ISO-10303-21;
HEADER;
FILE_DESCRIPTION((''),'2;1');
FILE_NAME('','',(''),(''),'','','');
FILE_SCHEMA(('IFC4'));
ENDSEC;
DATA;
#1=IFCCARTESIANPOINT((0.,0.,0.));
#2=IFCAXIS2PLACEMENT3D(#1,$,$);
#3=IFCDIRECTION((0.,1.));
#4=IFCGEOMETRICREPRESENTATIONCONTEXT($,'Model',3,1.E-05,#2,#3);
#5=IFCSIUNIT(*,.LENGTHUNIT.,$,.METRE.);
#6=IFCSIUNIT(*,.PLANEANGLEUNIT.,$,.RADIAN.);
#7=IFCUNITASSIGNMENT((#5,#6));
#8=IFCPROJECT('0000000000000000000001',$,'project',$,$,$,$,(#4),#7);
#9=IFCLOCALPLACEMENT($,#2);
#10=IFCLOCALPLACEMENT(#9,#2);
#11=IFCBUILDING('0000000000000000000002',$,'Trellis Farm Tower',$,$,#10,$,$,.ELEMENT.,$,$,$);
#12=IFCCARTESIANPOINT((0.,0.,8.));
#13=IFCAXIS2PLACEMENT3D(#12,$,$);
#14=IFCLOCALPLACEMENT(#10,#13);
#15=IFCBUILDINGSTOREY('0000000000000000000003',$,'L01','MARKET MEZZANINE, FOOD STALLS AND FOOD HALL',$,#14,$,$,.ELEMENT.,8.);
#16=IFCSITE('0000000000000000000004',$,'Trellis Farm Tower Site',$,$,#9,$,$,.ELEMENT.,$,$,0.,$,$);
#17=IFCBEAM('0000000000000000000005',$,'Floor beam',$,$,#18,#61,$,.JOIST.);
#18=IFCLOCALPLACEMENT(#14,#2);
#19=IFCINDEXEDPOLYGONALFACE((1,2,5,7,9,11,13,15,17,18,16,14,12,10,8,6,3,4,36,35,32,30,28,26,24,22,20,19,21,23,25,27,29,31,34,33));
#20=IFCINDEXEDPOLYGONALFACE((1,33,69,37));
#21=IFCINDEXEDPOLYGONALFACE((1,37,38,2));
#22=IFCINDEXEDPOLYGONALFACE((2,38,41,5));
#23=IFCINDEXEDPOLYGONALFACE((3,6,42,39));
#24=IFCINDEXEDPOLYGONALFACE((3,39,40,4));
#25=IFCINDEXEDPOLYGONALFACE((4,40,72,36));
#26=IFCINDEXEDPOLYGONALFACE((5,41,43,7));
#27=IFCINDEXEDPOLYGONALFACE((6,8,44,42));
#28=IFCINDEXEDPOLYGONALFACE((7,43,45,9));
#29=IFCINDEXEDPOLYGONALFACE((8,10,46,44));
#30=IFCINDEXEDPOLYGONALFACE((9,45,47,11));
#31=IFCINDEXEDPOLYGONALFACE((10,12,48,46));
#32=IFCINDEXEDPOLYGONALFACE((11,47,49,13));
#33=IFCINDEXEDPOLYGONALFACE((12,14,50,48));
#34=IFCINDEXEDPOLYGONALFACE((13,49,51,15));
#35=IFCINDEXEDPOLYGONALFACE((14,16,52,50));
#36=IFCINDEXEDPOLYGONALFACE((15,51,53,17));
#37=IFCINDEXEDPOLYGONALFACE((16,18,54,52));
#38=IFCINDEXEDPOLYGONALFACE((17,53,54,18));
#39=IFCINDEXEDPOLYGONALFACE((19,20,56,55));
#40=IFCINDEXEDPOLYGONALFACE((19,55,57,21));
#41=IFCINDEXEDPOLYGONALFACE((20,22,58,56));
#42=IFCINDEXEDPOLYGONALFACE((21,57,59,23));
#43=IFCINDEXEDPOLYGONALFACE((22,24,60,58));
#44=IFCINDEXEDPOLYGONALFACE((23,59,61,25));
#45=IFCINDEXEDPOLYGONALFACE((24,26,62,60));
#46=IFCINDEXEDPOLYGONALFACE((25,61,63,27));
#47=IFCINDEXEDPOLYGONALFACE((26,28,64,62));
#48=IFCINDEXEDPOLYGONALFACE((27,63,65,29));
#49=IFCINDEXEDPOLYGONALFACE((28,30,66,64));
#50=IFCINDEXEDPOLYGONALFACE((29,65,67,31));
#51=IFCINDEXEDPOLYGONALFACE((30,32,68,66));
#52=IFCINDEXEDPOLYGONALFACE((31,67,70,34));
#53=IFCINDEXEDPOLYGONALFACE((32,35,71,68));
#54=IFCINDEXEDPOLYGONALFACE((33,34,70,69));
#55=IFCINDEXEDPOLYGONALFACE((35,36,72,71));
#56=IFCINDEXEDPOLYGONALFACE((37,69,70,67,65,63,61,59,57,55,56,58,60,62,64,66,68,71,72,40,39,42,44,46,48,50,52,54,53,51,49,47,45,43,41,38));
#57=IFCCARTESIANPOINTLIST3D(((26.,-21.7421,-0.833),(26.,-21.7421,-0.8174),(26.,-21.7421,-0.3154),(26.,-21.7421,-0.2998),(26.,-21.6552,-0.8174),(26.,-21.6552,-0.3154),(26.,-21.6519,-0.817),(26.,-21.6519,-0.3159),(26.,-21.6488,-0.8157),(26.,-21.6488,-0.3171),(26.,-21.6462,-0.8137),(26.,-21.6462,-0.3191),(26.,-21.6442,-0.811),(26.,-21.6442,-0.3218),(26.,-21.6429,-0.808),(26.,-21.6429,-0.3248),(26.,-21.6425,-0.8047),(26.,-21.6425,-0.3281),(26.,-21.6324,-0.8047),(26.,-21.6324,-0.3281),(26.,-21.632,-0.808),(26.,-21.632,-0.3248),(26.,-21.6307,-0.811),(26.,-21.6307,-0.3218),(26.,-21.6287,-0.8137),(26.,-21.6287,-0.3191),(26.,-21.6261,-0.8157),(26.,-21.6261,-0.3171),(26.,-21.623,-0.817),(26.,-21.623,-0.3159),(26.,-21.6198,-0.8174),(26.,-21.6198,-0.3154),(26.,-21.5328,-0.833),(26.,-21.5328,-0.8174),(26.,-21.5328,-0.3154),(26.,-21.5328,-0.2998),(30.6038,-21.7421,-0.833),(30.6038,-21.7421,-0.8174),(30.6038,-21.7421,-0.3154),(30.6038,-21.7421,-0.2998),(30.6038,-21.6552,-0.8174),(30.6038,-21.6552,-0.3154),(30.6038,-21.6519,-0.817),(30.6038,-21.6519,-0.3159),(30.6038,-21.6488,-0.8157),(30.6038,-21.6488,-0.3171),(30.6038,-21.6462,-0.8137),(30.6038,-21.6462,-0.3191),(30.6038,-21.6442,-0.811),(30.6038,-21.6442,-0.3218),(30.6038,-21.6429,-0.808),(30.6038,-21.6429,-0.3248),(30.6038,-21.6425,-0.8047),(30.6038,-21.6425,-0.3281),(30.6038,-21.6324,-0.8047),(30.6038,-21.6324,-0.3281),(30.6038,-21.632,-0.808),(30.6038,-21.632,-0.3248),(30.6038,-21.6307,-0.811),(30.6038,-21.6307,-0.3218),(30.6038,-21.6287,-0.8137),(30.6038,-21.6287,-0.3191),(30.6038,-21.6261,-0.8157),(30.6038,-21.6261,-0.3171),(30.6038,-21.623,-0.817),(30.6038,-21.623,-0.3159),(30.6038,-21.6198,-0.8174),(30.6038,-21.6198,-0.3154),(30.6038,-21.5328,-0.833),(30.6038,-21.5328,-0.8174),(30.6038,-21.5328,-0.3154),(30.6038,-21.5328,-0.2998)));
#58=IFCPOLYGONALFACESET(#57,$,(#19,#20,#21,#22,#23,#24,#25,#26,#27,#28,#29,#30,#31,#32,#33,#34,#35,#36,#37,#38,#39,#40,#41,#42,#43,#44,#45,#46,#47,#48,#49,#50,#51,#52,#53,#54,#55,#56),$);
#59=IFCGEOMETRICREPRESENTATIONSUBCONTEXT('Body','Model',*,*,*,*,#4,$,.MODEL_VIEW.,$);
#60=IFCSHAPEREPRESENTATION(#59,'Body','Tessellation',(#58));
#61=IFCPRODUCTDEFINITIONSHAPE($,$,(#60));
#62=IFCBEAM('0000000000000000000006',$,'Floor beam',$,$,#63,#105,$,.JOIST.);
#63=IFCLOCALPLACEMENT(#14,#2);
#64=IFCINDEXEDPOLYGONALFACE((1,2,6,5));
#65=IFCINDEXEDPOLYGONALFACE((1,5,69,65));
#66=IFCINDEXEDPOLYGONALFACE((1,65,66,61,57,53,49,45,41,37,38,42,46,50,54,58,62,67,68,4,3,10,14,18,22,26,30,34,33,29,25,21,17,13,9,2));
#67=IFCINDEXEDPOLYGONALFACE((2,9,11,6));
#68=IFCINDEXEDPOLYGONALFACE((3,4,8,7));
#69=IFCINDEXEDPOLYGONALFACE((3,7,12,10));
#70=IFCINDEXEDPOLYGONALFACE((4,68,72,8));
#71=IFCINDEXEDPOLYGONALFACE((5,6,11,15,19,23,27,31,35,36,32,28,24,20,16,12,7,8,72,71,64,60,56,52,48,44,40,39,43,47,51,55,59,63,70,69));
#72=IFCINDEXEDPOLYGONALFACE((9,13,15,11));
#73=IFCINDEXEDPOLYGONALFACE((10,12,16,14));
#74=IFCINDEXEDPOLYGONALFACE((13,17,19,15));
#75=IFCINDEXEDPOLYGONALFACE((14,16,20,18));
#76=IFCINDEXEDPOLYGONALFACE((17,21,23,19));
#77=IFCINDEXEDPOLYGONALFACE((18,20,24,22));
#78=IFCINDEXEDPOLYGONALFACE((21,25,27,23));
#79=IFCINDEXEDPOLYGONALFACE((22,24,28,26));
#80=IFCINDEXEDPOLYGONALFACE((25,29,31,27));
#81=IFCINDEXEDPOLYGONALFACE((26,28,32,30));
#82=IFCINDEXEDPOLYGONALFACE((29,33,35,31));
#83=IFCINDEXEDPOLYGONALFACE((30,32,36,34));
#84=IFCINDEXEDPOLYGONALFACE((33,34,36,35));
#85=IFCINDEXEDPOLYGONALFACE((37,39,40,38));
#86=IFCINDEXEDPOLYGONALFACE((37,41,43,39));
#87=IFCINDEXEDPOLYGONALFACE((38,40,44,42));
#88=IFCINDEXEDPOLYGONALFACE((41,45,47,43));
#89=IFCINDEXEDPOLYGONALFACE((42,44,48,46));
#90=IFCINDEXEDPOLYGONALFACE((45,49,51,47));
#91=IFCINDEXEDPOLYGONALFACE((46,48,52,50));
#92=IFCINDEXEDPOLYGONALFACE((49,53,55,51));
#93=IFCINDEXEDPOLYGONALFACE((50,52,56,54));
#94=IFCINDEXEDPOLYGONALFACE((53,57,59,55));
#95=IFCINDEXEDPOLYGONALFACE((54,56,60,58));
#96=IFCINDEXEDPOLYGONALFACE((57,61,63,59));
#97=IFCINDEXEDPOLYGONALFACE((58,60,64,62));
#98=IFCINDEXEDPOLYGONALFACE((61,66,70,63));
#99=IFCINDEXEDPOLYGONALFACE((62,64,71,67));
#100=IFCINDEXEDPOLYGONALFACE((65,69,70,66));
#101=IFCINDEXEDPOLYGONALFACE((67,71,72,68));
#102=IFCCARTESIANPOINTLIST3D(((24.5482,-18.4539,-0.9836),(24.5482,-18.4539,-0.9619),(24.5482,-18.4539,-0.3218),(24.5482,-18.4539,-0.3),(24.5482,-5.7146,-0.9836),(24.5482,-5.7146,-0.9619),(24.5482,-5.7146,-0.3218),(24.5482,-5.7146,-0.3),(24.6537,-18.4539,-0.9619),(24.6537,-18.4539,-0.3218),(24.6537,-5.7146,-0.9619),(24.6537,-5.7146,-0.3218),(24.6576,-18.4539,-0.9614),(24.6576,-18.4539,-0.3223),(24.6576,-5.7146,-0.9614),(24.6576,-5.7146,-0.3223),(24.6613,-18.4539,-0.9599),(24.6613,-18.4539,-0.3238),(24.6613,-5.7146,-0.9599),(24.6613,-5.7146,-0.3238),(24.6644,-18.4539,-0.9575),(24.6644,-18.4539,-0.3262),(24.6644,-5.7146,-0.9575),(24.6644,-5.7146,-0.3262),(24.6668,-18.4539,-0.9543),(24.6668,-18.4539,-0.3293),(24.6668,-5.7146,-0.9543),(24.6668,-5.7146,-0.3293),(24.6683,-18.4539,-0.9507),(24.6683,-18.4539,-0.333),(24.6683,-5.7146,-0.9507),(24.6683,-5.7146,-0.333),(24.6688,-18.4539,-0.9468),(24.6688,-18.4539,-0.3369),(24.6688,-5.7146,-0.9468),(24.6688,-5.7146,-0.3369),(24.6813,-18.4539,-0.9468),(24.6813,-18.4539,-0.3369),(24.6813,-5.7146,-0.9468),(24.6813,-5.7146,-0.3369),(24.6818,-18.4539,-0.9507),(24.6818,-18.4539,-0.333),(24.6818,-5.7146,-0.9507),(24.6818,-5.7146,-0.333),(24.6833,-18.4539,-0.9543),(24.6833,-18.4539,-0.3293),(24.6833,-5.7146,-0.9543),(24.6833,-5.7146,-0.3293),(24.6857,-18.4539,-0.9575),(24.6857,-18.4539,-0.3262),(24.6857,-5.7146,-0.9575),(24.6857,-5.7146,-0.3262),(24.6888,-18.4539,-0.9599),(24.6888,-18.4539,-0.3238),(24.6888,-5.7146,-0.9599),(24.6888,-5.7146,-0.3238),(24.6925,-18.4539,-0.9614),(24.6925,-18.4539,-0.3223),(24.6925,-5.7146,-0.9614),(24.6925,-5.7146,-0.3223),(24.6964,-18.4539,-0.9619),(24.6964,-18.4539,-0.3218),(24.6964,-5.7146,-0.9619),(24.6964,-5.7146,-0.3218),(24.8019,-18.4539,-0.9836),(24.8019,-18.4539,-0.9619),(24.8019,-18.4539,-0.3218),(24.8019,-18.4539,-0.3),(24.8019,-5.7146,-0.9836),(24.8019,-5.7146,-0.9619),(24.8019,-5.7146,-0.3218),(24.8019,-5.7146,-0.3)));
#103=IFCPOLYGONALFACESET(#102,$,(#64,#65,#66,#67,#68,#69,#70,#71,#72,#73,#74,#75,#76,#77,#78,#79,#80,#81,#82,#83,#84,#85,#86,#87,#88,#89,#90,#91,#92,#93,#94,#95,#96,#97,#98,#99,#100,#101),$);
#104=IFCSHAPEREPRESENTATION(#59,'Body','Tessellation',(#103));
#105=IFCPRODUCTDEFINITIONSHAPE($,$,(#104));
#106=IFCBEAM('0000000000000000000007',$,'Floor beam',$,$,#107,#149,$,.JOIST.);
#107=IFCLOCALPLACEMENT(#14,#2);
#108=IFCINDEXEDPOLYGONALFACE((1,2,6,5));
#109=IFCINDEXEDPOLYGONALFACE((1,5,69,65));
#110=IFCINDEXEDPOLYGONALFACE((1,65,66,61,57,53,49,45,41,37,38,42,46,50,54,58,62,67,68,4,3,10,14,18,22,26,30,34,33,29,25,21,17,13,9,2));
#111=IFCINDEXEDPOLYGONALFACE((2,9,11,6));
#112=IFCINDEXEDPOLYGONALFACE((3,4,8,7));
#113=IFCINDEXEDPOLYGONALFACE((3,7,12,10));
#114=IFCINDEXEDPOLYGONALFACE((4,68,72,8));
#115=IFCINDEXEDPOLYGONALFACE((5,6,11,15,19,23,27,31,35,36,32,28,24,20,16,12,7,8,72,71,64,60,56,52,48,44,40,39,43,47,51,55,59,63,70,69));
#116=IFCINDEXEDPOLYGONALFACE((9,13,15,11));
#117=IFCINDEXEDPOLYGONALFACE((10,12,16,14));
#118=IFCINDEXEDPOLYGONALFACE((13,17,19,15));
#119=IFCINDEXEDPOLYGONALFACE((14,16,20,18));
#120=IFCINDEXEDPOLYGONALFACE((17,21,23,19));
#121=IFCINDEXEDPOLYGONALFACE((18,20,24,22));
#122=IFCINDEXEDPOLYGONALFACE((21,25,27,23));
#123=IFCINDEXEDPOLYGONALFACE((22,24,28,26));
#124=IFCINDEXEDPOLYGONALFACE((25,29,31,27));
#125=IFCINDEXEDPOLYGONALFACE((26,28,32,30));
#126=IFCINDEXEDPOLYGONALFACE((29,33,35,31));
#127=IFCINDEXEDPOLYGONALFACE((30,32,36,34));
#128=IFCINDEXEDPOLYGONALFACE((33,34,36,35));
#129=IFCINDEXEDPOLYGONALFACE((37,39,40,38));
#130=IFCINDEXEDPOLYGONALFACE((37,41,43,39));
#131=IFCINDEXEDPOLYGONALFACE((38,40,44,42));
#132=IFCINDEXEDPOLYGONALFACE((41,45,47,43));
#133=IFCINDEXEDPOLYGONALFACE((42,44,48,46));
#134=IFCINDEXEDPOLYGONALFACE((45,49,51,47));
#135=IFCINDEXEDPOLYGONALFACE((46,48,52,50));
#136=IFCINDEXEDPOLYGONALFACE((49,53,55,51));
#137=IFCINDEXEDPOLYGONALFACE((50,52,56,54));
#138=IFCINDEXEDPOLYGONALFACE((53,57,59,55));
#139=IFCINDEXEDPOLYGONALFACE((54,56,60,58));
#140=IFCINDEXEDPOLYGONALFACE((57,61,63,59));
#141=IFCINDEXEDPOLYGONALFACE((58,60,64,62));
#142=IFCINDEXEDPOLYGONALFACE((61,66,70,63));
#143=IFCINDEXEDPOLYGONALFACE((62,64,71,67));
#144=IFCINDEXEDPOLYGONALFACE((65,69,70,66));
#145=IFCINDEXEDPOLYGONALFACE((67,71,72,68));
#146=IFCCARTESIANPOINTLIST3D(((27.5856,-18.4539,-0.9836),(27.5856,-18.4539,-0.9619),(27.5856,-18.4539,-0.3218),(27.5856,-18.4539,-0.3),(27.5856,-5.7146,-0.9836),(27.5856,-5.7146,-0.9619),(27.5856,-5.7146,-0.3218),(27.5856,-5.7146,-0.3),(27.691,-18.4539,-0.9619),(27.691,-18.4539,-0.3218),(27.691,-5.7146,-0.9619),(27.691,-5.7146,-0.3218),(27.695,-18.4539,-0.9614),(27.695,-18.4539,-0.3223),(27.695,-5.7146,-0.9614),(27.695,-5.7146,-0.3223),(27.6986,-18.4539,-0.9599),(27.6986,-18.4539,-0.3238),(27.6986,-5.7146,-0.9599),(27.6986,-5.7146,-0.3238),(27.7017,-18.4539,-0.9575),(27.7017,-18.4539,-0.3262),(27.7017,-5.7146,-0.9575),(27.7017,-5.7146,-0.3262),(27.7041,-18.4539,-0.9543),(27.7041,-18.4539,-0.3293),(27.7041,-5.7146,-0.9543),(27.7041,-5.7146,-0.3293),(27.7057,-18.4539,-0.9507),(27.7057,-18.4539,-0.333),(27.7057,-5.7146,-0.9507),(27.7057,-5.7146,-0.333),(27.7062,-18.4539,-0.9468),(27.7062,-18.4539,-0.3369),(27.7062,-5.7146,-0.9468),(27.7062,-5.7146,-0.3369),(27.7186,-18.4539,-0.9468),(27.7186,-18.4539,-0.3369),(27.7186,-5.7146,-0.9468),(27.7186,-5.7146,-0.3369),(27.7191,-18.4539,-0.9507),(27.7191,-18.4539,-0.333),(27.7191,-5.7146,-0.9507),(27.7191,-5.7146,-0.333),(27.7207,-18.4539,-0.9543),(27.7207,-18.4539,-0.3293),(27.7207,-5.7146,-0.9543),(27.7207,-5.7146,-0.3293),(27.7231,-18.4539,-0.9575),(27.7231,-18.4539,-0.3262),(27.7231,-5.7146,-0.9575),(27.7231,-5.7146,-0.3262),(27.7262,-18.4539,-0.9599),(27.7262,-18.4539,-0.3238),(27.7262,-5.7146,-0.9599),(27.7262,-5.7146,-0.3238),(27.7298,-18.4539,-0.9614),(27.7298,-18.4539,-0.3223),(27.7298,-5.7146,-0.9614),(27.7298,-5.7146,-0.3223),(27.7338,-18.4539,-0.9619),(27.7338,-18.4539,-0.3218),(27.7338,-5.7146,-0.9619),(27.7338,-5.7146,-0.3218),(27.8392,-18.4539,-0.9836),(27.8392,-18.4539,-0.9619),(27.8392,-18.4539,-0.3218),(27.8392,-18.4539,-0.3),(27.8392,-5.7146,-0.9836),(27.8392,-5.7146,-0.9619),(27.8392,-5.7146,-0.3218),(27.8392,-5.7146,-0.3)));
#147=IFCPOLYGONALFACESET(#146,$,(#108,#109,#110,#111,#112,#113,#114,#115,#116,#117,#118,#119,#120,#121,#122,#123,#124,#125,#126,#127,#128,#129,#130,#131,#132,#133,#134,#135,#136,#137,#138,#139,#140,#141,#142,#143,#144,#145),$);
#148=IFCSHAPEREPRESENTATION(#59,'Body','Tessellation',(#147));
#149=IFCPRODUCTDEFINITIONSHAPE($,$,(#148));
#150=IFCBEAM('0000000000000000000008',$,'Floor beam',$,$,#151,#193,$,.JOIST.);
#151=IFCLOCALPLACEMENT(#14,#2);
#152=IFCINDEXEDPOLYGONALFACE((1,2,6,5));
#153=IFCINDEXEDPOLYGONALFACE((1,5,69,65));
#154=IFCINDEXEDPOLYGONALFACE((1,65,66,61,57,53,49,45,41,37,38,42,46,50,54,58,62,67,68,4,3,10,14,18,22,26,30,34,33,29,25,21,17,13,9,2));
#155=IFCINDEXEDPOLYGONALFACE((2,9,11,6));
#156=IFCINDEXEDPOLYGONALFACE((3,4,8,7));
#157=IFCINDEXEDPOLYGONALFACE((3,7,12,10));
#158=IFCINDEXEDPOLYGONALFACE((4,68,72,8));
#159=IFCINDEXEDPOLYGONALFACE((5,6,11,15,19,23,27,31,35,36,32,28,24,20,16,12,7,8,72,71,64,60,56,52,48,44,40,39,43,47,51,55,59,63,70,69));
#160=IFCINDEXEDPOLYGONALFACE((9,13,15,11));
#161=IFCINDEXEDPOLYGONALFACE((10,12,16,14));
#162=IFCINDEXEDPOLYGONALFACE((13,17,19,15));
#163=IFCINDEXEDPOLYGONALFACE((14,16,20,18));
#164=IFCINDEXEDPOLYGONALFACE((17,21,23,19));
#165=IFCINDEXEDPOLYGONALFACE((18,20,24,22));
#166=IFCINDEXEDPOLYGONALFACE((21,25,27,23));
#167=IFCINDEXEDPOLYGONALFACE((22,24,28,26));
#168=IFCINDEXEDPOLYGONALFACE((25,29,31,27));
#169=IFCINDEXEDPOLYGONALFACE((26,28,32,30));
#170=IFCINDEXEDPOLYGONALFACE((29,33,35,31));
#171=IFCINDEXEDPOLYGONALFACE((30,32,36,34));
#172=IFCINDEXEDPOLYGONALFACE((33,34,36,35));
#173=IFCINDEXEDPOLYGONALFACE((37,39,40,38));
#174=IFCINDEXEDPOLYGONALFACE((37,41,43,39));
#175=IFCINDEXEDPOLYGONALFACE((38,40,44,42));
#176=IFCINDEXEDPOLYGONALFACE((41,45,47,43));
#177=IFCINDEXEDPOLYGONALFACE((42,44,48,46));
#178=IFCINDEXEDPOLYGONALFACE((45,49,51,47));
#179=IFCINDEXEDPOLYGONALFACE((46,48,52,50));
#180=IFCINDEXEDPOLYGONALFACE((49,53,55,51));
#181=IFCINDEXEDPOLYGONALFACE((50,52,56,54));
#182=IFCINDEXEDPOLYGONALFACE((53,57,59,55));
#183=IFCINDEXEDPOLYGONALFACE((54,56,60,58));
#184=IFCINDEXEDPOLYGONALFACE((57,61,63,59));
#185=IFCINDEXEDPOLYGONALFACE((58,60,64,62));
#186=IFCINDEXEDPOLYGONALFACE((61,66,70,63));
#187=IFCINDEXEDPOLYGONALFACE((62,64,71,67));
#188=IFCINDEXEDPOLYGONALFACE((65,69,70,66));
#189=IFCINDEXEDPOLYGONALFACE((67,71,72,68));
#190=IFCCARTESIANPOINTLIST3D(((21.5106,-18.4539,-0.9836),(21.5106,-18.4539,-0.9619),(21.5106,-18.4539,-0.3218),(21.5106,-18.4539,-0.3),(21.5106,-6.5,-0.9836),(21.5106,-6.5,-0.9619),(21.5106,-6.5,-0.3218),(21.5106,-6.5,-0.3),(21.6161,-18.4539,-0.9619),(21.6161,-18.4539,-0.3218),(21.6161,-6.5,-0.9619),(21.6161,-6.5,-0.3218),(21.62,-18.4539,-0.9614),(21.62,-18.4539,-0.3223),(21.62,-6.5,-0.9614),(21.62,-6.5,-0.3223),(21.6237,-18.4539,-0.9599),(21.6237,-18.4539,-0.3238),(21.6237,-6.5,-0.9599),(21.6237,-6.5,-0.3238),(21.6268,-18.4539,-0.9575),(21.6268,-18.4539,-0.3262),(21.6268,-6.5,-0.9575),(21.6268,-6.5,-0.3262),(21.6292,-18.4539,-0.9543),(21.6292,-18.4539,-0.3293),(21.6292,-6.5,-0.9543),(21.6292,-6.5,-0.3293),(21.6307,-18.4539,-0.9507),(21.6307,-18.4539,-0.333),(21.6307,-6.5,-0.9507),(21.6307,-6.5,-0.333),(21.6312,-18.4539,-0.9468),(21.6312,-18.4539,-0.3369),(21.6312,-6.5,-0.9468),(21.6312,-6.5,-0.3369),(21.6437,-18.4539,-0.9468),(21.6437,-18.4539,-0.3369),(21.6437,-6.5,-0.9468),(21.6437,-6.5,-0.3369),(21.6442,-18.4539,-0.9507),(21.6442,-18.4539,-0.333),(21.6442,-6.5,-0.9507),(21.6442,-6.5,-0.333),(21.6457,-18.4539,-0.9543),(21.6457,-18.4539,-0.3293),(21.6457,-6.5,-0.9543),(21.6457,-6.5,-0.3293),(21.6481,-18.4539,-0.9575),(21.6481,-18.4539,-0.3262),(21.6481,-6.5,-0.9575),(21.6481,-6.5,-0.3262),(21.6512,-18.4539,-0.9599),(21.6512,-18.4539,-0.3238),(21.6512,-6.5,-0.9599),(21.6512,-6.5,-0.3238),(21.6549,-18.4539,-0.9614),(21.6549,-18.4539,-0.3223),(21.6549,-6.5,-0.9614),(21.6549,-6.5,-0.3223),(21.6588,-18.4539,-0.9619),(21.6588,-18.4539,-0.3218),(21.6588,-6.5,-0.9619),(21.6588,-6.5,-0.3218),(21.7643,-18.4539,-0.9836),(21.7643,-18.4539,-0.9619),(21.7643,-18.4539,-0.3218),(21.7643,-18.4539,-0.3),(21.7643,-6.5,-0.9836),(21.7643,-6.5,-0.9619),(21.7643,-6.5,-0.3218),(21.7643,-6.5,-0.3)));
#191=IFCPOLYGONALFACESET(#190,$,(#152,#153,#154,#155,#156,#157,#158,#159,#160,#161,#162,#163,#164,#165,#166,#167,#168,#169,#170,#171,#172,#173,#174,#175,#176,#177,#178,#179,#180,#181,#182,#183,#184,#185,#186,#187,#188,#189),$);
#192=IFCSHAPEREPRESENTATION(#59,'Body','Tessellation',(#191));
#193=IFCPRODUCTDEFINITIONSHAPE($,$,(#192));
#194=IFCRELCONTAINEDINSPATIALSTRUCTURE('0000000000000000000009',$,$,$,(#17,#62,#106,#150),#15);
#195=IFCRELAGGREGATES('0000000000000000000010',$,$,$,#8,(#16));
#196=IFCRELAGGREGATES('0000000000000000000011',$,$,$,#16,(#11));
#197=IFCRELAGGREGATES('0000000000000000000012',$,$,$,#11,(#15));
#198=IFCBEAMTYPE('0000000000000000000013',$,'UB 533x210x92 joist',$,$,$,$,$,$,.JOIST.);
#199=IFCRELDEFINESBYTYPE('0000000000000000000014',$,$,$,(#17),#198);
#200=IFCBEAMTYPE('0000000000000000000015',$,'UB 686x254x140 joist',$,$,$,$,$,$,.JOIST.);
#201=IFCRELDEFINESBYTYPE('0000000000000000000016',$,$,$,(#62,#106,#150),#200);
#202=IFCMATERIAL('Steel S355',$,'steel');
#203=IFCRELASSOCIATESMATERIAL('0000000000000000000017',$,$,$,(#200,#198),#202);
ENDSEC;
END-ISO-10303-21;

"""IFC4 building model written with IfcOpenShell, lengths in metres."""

from ifc_helpers import new_model, si_unit, direction, frame, origin, origin_2d, place, context, subcontext, project, spatial, i_section, extrude, source, transform, mapped, material, material_profile, profile_set, type_object, element, save


model = new_model("IFC4")

# Units and contexts
model_context = context("Model", 3, precision=1e-05, world=origin(), true_north=direction((0.0, 1.0)))
body_context = subcontext(model_context, "Body", "Model", "MODEL_VIEW")
ifc_project = project(units=[si_unit("LENGTHUNIT", "METRE"), si_unit("PLANEANGLEUNIT", "RADIAN")], contexts=[model_context])

# Site, building, storey
site_placement = place(None, origin())
site = spatial("IfcSite", under=ifc_project, at=site_placement, Name="Trellis Farm Tower Site", CompositionType="ELEMENT", RefElevation=0.0)
building_placement = place(site_placement, origin())
building = spatial("IfcBuilding", under=site, at=building_placement, Name="Trellis Farm Tower", CompositionType="ELEMENT")
storey_placement = place(building_placement, frame((0.0, 0.0, 8.0)))
storey = spatial("IfcBuildingStorey", under=building, at=storey_placement, Name="L01", Description="MARKET MEZZANINE, FOOD STALLS AND FOOD HALL", CompositionType="ELEMENT", Elevation=8.0)

# Beams
ifc_material_1 = material(Name="Steel S355", Category="steel")
ifc_material_profile_1 = material_profile(ifc_material_1, i_section(OverallWidth=0.2537, OverallDepth=0.6836, WebThickness=0.0125, FlangeThickness=0.0217, FilletRadius=0.0151, at=origin_2d()), Name="UB 686x254x140")
ifc_profile_set_1 = profile_set([ifc_material_profile_1], Name="Steel S355")
beam_type_1 = type_object("IfcBeamType", Name="UB 686x254x140 joist", PredefinedType="JOIST", material=ifc_profile_set_1)
ifc_material_profile_2 = material_profile(ifc_material_1, i_section(OverallWidth=0.2092, OverallDepth=0.5332, WebThickness=0.01, FlangeThickness=0.0156, FilletRadius=0.0127, at=origin_2d()), Name="UB 533x210x92")
ifc_profile_set_2 = profile_set([ifc_material_profile_2], Name="Steel S355")
beam_type_2 = type_object("IfcBeamType", Name="UB 533x210x92 joist", PredefinedType="JOIST", material=ifc_profile_set_2)
shared_shape_1 = source(origin(), body_context, "Body", "SweptSolid", [
    extrude(i_section(OverallWidth=0.2092, OverallDepth=0.5332, WebThickness=0.01, FlangeThickness=0.0156, FilletRadius=0.0127, at=origin_2d()), origin(), (0.0, 0.0, 1.0), 4.6038),
])
for number, where, z_axis, x_axis, name in (
    (1, (26.0, -21.6375, -0.5664), (1.0, 0.0, 0.0), (0.0, 1.0, 0.0), "Floor beam"),
):
    element("IfcBeam", number, at=place(storey_placement, frame(where, z_axis=z_axis, x_axis=x_axis)), inside=storey, type_object=beam_type_2, Name=name, PredefinedType="JOIST", context=body_context, shape_type="MappedRepresentation", body=[
        mapped(shared_shape_1, transform((0.0, 0.0, 0.0))),
    ])
shared_shape_2 = source(origin(), body_context, "Body", "SweptSolid", [
    extrude(i_section(OverallWidth=0.2537, OverallDepth=0.6836, WebThickness=0.0125, FlangeThickness=0.0217, FilletRadius=0.0151, at=origin_2d()), origin(), (0.0, 0.0, 1.0), 12.7393),
])
for number, where, z_axis, x_axis, name in (
    (2, (24.675, -18.4539, -0.6418), (0.0, 1.0, 0.0), (-1.0, 0.0, 0.0), "Floor beam"),
    (3, (27.7124, -18.4539, -0.6418), (0.0, 1.0, 0.0), (-1.0, 0.0, 0.0), "Floor beam"),
):
    element("IfcBeam", number, at=place(storey_placement, frame(where, z_axis=z_axis, x_axis=x_axis)), inside=storey, type_object=beam_type_1, Name=name, PredefinedType="JOIST", context=body_context, shape_type="MappedRepresentation", body=[
        mapped(shared_shape_2, transform((0.0, 0.0, 0.0))),
    ])
shared_shape_3 = source(origin(), body_context, "Body", "SweptSolid", [
    extrude(i_section(OverallWidth=0.2537, OverallDepth=0.6836, WebThickness=0.0125, FlangeThickness=0.0217, FilletRadius=0.0151, at=origin_2d()), origin(), (0.0, 0.0, 1.0), 11.9539),
])
beam_1_placement = place(storey_placement, frame((21.6375, -18.4539, -0.6418), z_axis=(0.0, 1.0, 0.0), x_axis=(-1.0, 0.0, 0.0)))
element("IfcBeam", 4, at=beam_1_placement, inside=storey, type_object=beam_type_1, Name="Floor beam", PredefinedType="JOIST", context=body_context, shape_type="MappedRepresentation", body=[
    mapped(shared_shape_3, transform((0.0, 0.0, 0.0))),
])

save(model, "model.ifc")
